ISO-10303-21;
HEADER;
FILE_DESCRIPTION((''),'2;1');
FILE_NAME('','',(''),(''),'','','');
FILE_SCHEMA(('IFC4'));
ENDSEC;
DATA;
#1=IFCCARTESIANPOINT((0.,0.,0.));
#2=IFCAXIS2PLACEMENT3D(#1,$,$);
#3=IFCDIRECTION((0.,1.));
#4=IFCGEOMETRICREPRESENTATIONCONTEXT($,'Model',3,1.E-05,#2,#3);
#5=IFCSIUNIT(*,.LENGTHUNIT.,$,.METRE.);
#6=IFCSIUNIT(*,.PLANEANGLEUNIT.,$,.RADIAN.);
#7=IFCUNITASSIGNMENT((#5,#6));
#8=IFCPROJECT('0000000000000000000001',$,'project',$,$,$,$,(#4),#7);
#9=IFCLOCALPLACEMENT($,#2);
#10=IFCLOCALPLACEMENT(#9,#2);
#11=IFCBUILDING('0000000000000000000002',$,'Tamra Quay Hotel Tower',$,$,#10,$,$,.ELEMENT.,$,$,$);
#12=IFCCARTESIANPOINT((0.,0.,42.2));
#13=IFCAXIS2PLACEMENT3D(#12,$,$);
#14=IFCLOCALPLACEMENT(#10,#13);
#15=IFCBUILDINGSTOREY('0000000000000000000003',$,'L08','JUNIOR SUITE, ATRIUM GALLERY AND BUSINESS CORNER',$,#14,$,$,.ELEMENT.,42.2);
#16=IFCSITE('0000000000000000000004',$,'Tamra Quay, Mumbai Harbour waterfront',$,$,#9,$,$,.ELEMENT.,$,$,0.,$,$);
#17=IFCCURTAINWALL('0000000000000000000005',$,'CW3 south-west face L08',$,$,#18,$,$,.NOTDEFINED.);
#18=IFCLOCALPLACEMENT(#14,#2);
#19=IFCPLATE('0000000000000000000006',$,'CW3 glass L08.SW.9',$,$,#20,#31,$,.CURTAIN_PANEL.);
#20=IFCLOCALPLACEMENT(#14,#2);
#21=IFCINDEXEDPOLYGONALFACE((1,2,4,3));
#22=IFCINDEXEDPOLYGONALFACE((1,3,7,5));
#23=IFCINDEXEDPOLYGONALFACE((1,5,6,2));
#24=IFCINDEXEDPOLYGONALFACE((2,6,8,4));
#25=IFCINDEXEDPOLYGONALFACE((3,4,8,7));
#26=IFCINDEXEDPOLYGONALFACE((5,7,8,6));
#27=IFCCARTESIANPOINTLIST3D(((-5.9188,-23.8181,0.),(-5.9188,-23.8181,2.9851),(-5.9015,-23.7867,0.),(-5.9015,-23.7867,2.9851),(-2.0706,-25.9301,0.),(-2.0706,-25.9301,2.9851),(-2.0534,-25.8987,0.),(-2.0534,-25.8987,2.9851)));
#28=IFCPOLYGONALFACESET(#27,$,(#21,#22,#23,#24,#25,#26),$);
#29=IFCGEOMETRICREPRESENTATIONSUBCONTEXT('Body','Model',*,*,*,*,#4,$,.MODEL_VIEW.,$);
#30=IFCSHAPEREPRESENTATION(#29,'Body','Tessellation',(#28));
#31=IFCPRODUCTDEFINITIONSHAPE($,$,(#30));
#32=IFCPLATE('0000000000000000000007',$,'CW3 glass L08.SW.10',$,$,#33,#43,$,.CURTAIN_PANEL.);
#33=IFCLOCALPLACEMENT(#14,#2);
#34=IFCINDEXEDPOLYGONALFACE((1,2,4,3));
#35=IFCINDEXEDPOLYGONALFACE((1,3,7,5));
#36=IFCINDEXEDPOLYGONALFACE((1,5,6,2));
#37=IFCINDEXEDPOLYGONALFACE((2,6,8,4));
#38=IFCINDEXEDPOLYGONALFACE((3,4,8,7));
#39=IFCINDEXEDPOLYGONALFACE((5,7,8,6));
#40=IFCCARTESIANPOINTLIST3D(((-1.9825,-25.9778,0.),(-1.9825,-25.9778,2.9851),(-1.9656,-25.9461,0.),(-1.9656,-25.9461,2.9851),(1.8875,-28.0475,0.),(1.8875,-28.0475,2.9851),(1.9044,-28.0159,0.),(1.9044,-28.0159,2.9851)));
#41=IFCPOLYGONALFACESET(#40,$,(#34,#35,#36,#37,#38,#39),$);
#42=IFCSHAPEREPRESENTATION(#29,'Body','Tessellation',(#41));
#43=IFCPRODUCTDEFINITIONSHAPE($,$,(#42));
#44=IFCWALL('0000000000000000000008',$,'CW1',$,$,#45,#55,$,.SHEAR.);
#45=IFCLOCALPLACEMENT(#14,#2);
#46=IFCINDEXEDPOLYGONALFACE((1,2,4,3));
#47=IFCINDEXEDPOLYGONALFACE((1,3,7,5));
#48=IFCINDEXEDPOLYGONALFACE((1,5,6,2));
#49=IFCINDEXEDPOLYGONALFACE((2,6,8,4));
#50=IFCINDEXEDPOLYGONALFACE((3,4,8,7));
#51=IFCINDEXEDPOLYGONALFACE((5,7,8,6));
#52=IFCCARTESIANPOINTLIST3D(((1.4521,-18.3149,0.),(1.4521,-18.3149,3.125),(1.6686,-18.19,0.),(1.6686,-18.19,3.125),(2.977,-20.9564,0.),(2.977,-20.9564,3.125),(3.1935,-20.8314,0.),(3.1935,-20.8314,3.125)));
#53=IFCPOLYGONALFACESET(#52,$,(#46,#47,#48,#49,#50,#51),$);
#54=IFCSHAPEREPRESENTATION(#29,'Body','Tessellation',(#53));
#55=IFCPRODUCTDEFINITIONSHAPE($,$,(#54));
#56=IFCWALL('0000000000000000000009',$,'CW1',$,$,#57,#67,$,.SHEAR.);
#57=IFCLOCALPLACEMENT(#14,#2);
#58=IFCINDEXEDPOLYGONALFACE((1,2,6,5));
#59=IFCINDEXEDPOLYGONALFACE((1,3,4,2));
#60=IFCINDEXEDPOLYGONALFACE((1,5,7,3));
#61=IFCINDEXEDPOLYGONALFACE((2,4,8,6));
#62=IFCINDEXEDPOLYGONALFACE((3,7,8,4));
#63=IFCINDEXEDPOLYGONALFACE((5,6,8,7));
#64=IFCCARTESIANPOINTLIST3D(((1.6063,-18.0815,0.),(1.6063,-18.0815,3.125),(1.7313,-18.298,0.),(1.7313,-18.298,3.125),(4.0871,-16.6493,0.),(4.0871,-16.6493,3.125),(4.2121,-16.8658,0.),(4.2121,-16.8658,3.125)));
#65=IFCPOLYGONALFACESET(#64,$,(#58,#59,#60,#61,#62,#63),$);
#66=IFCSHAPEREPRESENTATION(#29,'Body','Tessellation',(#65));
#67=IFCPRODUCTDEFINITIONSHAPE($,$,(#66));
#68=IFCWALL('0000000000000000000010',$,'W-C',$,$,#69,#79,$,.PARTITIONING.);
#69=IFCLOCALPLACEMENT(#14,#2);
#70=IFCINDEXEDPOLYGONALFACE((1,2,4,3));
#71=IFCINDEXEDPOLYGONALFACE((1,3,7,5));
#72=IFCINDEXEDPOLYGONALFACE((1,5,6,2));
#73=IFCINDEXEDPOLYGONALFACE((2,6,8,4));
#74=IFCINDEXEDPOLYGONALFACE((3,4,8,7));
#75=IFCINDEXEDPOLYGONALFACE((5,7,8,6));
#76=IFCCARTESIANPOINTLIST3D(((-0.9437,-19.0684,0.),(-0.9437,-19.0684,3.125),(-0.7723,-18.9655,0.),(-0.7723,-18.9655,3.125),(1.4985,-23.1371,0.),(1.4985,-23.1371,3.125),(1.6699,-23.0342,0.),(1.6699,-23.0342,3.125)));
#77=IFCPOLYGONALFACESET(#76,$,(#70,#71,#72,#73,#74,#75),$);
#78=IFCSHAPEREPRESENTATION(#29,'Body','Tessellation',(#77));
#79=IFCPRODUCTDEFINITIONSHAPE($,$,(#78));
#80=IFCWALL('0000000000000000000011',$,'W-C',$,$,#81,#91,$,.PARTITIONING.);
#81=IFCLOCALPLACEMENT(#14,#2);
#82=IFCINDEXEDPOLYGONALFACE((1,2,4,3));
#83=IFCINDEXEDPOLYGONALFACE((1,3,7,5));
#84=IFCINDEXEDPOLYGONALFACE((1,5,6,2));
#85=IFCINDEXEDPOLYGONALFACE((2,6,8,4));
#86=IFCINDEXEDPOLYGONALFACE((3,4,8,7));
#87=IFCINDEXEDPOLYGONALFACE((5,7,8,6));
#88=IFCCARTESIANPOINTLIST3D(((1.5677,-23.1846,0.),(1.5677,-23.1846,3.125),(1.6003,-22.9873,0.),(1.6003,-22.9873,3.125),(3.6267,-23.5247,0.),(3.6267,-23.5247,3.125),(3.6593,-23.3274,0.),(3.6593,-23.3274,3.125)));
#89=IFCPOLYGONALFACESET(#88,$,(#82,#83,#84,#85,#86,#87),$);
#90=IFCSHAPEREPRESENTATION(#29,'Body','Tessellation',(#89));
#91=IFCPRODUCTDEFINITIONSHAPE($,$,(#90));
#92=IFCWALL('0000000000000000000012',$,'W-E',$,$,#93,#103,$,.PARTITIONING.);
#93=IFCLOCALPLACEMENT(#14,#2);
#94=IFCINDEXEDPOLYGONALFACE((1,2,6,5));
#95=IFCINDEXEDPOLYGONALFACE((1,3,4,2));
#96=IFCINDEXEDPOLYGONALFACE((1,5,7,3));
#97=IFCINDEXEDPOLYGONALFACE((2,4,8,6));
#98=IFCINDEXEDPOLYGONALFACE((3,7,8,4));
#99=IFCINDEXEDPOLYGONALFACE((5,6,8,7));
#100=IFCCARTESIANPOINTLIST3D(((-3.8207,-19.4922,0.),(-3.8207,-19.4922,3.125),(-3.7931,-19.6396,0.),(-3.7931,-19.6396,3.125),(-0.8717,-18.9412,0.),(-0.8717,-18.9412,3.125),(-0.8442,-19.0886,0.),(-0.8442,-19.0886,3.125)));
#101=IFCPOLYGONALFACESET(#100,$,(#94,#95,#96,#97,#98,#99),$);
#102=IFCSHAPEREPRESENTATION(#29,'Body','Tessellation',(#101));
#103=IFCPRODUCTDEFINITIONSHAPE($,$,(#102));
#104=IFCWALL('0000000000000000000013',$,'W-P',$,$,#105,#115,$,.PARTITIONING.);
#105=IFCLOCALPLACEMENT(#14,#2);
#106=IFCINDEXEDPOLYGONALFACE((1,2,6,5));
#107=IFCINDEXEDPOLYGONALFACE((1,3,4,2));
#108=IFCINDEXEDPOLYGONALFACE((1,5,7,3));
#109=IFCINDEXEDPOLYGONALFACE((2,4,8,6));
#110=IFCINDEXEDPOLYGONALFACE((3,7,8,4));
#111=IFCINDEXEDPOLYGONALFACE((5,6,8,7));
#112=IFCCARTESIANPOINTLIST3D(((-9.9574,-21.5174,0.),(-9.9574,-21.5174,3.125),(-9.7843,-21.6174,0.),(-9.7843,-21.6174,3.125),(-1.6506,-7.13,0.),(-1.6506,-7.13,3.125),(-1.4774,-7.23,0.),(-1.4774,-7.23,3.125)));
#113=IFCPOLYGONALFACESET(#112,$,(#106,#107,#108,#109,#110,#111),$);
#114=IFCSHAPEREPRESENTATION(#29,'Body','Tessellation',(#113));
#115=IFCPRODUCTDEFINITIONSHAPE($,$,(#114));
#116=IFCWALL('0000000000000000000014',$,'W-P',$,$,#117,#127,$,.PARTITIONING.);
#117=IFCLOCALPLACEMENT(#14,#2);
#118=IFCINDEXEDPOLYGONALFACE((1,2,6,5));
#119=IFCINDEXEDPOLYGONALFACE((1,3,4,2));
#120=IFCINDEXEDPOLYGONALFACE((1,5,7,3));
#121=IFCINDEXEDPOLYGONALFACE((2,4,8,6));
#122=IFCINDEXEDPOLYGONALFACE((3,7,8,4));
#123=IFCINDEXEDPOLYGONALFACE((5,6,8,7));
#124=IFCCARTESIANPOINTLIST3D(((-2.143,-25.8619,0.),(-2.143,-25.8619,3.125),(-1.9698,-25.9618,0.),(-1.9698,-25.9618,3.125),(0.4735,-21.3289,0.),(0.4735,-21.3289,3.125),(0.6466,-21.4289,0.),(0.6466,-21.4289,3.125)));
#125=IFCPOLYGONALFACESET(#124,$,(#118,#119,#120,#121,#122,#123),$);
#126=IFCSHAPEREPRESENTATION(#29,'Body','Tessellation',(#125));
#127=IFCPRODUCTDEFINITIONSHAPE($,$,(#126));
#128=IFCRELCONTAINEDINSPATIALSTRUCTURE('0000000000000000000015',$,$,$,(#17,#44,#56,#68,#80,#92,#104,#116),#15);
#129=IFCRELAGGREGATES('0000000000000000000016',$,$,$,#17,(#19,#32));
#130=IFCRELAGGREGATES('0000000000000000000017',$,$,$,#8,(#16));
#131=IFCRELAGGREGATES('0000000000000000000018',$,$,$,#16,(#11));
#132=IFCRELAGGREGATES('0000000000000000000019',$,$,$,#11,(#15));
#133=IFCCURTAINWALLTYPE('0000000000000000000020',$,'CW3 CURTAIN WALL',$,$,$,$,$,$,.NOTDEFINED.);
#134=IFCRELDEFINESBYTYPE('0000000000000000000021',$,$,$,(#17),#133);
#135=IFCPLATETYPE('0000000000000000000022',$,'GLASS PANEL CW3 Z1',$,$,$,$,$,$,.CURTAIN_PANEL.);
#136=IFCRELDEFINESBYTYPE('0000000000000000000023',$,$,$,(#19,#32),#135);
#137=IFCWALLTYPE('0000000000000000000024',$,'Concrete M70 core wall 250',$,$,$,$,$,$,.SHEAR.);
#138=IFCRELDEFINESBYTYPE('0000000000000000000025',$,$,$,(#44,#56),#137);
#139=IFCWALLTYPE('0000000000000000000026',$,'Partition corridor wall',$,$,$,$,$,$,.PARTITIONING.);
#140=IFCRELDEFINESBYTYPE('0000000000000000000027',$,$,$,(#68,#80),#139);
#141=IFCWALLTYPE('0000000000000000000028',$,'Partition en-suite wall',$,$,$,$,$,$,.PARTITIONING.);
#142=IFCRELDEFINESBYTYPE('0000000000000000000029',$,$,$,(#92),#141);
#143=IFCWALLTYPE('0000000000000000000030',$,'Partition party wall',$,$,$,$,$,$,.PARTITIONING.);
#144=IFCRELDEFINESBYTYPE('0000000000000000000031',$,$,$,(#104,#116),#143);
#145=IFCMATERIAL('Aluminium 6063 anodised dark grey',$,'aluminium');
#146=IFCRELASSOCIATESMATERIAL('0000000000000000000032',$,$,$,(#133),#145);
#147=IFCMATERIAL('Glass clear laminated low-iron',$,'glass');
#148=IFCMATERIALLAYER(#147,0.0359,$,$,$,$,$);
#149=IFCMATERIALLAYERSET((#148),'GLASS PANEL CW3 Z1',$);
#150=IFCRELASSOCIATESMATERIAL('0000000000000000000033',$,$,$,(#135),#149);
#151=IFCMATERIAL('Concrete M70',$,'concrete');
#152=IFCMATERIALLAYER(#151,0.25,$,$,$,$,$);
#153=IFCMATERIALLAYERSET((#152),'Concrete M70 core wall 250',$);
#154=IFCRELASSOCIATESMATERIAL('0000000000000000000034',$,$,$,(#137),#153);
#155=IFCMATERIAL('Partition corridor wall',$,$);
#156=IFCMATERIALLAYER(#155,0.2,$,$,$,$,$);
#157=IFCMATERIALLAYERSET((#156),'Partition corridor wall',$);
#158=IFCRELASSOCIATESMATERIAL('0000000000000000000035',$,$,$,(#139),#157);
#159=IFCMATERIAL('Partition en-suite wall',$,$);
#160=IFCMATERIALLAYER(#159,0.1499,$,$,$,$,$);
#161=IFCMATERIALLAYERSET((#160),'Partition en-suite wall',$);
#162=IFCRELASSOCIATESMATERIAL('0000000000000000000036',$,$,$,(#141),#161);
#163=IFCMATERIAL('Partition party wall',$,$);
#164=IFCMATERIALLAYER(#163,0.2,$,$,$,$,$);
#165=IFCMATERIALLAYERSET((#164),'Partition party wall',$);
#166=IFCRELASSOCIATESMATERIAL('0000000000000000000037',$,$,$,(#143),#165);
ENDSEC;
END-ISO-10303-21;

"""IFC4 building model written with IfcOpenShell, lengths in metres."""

from ifc_helpers import new_model, si_unit, direction, frame, frame_2d, origin, origin_2d, place, context, subcontext, project, spatial, rectangle, extrude, material, layer, layer_set, type_object, element, aggregate, save


model = new_model("IFC4")

# Units and contexts
model_context = context("Model", 3, precision=1e-05, world=origin(), true_north=direction((0.0, 1.0)))
body_context = subcontext(model_context, "Body", "Model", "MODEL_VIEW")
ifc_project = project(units=[si_unit("LENGTHUNIT", "METRE"), si_unit("PLANEANGLEUNIT", "RADIAN")], contexts=[model_context])

# Site, building, storey
site_placement = place(None, origin())
site = spatial("IfcSite", under=ifc_project, at=site_placement, Name="Tamra Quay, Mumbai Harbour waterfront", CompositionType="ELEMENT", RefElevation=0.0)
building_placement = place(site_placement, origin())
building = spatial("IfcBuilding", under=site, at=building_placement, Name="Tamra Quay Hotel Tower", CompositionType="ELEMENT")
storey_placement = place(building_placement, frame((0.0, 0.0, 42.2)))
storey = spatial("IfcBuildingStorey", under=building, at=storey_placement, Name="L08", Description="JUNIOR SUITE, ATRIUM GALLERY AND BUSINESS CORNER", CompositionType="ELEMENT", Elevation=42.2)

# Shared definitions
ifc_material_1 = material(Name="Concrete M70", Category="concrete")

# Curtain wall
ifc_material_2 = material(Name="Aluminium 6063 anodised dark grey", Category="aluminium")
curtain_wall_type = type_object("IfcCurtainWallType", Name="CW3 CURTAIN WALL", PredefinedType="NOTDEFINED", material=ifc_material_2)
curtain_wall_placement = place(storey_placement, origin())
curtain_wall = element("IfcCurtainWall", 1, at=curtain_wall_placement, inside=storey, type_object=curtain_wall_type, Name="CW3 south-west face L08", PredefinedType="NOTDEFINED")

# Plates
ifc_material_3 = material(Name="Glass clear laminated low-iron", Category="glass")
ifc_layer_1 = layer(ifc_material_3, 0.0359)
ifc_layer_set_1 = layer_set([ifc_layer_1], Name="GLASS PANEL CW3 Z1")
plate_type = type_object("IfcPlateType", Name="GLASS PANEL CW3 Z1", PredefinedType="CURTAIN_PANEL", material=ifc_layer_set_1)
plate_1_placement = place(storey_placement, frame((-3.9861, -24.8584, 0.0), z_axis=(0.0, 0.0, 1.0), x_axis=(0.876651, -0.481127, 0.0)))
plate_1 = element("IfcPlate", 2, at=plate_1_placement, type_object=plate_type, Name="CW3 glass L08.SW.9", PredefinedType="CURTAIN_PANEL", context=body_context, shape_type="SweptSolid", body=[
    extrude(rectangle(XDim=4.3896, YDim=0.0359, at=origin_2d()), origin(), (0.0, 0.0, 1.0), 2.9851),
])
plate_2_placement = place(storey_placement, frame((-0.0391, -26.9968, 0.0), z_axis=(0.0, 0.0, 1.0), x_axis=(0.881806, -0.471612, 0.0)))
plate_2 = element("IfcPlate", 3, at=plate_2_placement, type_object=plate_type, Name="CW3 glass L08.SW.10", PredefinedType="CURTAIN_PANEL", context=body_context, shape_type="SweptSolid", body=[
    extrude(rectangle(XDim=4.3887, YDim=0.0359, at=origin_2d()), origin(), (0.0, 0.0, 1.0), 2.9851),
])
aggregate(curtain_wall, [plate_1, plate_2])

# Walls
ifc_layer_2 = layer(ifc_material_1, 0.25)
ifc_layer_set_2 = layer_set([ifc_layer_2], Name="Concrete M70 core wall 250")
wall_type_1 = type_object("IfcWallType", Name="Concrete M70 core wall 250", PredefinedType="SHEAR", material=ifc_layer_set_2)
wall_1_placement = place(storey_placement, frame((3.0852, -20.8938, 0.0), z_axis=(0.0, 0.0, 1.0), x_axis=(-0.499979, 0.866038, 0.0)))
element("IfcWall", 4, at=wall_1_placement, inside=storey, type_object=wall_type_1, Name="CW1", PredefinedType="SHEAR", context=body_context, shape_type="SweptSolid", body=[
    extrude(rectangle(XDim=3.05, YDim=0.25, at=frame_2d((1.5249, 0.0))), origin(), (0.0, 0.0, 1.0), 3.125),
])
wall_2_placement = place(storey_placement, frame((1.6689, -18.1897, 0.0), z_axis=(0.0, 0.0, 1.0), x_axis=(0.866042, 0.499971, 0.0)))
element("IfcWall", 5, at=wall_2_placement, inside=storey, type_object=wall_type_1, Name="CW1", PredefinedType="SHEAR", context=body_context, shape_type="SweptSolid", body=[
    extrude(rectangle(XDim=2.8645, YDim=0.25, at=frame_2d((1.4321, 0.0))), origin(), (0.0, 0.0, 1.0), 3.125),
])
ifc_material_4 = material(Name="Partition corridor wall")
ifc_layer_3 = layer(ifc_material_4, 0.2)
ifc_layer_set_3 = layer_set([ifc_layer_3], Name="Partition corridor wall")
wall_type_2 = type_object("IfcWallType", Name="Partition corridor wall", PredefinedType="PARTITIONING", material=ifc_layer_set_3)
wall_3_placement = place(storey_placement, frame((-0.8579, -19.0171, 0.0), z_axis=(0.0, 0.0, 1.0), x_axis=(0.514647, -0.857402, 0.0)))
element("IfcWall", 6, at=wall_3_placement, inside=storey, type_object=wall_type_2, Name="W-C", PredefinedType="PARTITIONING", context=body_context, shape_type="SweptSolid", body=[
    extrude(rectangle(XDim=4.7454, YDim=0.2, at=frame_2d((2.3726, 0.0))), origin(), (0.0, 0.0, 1.0), 3.125),
])
wall_4_placement = place(storey_placement, frame((1.584, -23.0859, 0.0), z_axis=(0.0, 0.0, 1.0), x_axis=(0.986633, -0.162957, 0.0)))
element("IfcWall", 7, at=wall_4_placement, inside=storey, type_object=wall_type_2, Name="W-C", PredefinedType="PARTITIONING", context=body_context, shape_type="SweptSolid", body=[
    extrude(rectangle(XDim=2.0869, YDim=0.2, at=frame_2d((1.0435, 0.0))), origin(), (0.0, 0.0, 1.0), 3.125),
])
ifc_material_5 = material(Name="Partition en-suite wall")
ifc_layer_4 = layer(ifc_material_5, 0.1499)
ifc_layer_set_4 = layer_set([ifc_layer_4], Name="Partition en-suite wall")
wall_type_3 = type_object("IfcWallType", Name="Partition en-suite wall", PredefinedType="PARTITIONING", material=ifc_layer_set_4)
wall_5_placement = place(storey_placement, frame((-3.8069, -19.5659, 0.0), z_axis=(0.0, 0.0, 1.0), x_axis=(0.982987, 0.183674, 0.0)))
element("IfcWall", 8, at=wall_5_placement, inside=storey, type_object=wall_type_3, Name="W-E", PredefinedType="PARTITIONING", context=body_context, shape_type="SweptSolid", body=[
    extrude(rectangle(XDim=3.0, YDim=0.1499, at=frame_2d((1.5, 0.0))), origin(), (0.0, 0.0, 1.0), 3.125),
])
ifc_material_6 = material(Name="Partition party wall")
ifc_layer_5 = layer(ifc_material_6, 0.2)
ifc_layer_set_5 = layer_set([ifc_layer_5], Name="Partition party wall")
wall_type_4 = type_object("IfcWallType", Name="Partition party wall", PredefinedType="PARTITIONING", material=ifc_layer_set_5)
wall_6_placement = place(storey_placement, frame((-9.8708, -21.5674, 0.0), z_axis=(0.0, 0.0, 1.0), x_axis=(0.500013, 0.866018, 0.0)))
element("IfcWall", 9, at=wall_6_placement, inside=storey, type_object=wall_type_4, Name="W-P", PredefinedType="PARTITIONING", context=body_context, shape_type="SweptSolid", body=[
    extrude(rectangle(XDim=16.6133, YDim=0.2, at=frame_2d((8.3066, 0.0))), origin(), (0.0, 0.0, 1.0), 3.125),
])
wall_7_placement = place(storey_placement, frame((-2.0564, -25.9119, 0.0), z_axis=(0.0, 0.0, 1.0), x_axis=(0.499907, 0.866079, 0.0)))
element("IfcWall", 10, at=wall_7_placement, inside=storey, type_object=wall_type_4, Name="W-P", PredefinedType="PARTITIONING", context=body_context, shape_type="SweptSolid", body=[
    extrude(rectangle(XDim=5.2339, YDim=0.2, at=frame_2d((2.6169, 0.0))), origin(), (0.0, 0.0, 1.0), 3.125),
])

save(model, "model.ifc")
